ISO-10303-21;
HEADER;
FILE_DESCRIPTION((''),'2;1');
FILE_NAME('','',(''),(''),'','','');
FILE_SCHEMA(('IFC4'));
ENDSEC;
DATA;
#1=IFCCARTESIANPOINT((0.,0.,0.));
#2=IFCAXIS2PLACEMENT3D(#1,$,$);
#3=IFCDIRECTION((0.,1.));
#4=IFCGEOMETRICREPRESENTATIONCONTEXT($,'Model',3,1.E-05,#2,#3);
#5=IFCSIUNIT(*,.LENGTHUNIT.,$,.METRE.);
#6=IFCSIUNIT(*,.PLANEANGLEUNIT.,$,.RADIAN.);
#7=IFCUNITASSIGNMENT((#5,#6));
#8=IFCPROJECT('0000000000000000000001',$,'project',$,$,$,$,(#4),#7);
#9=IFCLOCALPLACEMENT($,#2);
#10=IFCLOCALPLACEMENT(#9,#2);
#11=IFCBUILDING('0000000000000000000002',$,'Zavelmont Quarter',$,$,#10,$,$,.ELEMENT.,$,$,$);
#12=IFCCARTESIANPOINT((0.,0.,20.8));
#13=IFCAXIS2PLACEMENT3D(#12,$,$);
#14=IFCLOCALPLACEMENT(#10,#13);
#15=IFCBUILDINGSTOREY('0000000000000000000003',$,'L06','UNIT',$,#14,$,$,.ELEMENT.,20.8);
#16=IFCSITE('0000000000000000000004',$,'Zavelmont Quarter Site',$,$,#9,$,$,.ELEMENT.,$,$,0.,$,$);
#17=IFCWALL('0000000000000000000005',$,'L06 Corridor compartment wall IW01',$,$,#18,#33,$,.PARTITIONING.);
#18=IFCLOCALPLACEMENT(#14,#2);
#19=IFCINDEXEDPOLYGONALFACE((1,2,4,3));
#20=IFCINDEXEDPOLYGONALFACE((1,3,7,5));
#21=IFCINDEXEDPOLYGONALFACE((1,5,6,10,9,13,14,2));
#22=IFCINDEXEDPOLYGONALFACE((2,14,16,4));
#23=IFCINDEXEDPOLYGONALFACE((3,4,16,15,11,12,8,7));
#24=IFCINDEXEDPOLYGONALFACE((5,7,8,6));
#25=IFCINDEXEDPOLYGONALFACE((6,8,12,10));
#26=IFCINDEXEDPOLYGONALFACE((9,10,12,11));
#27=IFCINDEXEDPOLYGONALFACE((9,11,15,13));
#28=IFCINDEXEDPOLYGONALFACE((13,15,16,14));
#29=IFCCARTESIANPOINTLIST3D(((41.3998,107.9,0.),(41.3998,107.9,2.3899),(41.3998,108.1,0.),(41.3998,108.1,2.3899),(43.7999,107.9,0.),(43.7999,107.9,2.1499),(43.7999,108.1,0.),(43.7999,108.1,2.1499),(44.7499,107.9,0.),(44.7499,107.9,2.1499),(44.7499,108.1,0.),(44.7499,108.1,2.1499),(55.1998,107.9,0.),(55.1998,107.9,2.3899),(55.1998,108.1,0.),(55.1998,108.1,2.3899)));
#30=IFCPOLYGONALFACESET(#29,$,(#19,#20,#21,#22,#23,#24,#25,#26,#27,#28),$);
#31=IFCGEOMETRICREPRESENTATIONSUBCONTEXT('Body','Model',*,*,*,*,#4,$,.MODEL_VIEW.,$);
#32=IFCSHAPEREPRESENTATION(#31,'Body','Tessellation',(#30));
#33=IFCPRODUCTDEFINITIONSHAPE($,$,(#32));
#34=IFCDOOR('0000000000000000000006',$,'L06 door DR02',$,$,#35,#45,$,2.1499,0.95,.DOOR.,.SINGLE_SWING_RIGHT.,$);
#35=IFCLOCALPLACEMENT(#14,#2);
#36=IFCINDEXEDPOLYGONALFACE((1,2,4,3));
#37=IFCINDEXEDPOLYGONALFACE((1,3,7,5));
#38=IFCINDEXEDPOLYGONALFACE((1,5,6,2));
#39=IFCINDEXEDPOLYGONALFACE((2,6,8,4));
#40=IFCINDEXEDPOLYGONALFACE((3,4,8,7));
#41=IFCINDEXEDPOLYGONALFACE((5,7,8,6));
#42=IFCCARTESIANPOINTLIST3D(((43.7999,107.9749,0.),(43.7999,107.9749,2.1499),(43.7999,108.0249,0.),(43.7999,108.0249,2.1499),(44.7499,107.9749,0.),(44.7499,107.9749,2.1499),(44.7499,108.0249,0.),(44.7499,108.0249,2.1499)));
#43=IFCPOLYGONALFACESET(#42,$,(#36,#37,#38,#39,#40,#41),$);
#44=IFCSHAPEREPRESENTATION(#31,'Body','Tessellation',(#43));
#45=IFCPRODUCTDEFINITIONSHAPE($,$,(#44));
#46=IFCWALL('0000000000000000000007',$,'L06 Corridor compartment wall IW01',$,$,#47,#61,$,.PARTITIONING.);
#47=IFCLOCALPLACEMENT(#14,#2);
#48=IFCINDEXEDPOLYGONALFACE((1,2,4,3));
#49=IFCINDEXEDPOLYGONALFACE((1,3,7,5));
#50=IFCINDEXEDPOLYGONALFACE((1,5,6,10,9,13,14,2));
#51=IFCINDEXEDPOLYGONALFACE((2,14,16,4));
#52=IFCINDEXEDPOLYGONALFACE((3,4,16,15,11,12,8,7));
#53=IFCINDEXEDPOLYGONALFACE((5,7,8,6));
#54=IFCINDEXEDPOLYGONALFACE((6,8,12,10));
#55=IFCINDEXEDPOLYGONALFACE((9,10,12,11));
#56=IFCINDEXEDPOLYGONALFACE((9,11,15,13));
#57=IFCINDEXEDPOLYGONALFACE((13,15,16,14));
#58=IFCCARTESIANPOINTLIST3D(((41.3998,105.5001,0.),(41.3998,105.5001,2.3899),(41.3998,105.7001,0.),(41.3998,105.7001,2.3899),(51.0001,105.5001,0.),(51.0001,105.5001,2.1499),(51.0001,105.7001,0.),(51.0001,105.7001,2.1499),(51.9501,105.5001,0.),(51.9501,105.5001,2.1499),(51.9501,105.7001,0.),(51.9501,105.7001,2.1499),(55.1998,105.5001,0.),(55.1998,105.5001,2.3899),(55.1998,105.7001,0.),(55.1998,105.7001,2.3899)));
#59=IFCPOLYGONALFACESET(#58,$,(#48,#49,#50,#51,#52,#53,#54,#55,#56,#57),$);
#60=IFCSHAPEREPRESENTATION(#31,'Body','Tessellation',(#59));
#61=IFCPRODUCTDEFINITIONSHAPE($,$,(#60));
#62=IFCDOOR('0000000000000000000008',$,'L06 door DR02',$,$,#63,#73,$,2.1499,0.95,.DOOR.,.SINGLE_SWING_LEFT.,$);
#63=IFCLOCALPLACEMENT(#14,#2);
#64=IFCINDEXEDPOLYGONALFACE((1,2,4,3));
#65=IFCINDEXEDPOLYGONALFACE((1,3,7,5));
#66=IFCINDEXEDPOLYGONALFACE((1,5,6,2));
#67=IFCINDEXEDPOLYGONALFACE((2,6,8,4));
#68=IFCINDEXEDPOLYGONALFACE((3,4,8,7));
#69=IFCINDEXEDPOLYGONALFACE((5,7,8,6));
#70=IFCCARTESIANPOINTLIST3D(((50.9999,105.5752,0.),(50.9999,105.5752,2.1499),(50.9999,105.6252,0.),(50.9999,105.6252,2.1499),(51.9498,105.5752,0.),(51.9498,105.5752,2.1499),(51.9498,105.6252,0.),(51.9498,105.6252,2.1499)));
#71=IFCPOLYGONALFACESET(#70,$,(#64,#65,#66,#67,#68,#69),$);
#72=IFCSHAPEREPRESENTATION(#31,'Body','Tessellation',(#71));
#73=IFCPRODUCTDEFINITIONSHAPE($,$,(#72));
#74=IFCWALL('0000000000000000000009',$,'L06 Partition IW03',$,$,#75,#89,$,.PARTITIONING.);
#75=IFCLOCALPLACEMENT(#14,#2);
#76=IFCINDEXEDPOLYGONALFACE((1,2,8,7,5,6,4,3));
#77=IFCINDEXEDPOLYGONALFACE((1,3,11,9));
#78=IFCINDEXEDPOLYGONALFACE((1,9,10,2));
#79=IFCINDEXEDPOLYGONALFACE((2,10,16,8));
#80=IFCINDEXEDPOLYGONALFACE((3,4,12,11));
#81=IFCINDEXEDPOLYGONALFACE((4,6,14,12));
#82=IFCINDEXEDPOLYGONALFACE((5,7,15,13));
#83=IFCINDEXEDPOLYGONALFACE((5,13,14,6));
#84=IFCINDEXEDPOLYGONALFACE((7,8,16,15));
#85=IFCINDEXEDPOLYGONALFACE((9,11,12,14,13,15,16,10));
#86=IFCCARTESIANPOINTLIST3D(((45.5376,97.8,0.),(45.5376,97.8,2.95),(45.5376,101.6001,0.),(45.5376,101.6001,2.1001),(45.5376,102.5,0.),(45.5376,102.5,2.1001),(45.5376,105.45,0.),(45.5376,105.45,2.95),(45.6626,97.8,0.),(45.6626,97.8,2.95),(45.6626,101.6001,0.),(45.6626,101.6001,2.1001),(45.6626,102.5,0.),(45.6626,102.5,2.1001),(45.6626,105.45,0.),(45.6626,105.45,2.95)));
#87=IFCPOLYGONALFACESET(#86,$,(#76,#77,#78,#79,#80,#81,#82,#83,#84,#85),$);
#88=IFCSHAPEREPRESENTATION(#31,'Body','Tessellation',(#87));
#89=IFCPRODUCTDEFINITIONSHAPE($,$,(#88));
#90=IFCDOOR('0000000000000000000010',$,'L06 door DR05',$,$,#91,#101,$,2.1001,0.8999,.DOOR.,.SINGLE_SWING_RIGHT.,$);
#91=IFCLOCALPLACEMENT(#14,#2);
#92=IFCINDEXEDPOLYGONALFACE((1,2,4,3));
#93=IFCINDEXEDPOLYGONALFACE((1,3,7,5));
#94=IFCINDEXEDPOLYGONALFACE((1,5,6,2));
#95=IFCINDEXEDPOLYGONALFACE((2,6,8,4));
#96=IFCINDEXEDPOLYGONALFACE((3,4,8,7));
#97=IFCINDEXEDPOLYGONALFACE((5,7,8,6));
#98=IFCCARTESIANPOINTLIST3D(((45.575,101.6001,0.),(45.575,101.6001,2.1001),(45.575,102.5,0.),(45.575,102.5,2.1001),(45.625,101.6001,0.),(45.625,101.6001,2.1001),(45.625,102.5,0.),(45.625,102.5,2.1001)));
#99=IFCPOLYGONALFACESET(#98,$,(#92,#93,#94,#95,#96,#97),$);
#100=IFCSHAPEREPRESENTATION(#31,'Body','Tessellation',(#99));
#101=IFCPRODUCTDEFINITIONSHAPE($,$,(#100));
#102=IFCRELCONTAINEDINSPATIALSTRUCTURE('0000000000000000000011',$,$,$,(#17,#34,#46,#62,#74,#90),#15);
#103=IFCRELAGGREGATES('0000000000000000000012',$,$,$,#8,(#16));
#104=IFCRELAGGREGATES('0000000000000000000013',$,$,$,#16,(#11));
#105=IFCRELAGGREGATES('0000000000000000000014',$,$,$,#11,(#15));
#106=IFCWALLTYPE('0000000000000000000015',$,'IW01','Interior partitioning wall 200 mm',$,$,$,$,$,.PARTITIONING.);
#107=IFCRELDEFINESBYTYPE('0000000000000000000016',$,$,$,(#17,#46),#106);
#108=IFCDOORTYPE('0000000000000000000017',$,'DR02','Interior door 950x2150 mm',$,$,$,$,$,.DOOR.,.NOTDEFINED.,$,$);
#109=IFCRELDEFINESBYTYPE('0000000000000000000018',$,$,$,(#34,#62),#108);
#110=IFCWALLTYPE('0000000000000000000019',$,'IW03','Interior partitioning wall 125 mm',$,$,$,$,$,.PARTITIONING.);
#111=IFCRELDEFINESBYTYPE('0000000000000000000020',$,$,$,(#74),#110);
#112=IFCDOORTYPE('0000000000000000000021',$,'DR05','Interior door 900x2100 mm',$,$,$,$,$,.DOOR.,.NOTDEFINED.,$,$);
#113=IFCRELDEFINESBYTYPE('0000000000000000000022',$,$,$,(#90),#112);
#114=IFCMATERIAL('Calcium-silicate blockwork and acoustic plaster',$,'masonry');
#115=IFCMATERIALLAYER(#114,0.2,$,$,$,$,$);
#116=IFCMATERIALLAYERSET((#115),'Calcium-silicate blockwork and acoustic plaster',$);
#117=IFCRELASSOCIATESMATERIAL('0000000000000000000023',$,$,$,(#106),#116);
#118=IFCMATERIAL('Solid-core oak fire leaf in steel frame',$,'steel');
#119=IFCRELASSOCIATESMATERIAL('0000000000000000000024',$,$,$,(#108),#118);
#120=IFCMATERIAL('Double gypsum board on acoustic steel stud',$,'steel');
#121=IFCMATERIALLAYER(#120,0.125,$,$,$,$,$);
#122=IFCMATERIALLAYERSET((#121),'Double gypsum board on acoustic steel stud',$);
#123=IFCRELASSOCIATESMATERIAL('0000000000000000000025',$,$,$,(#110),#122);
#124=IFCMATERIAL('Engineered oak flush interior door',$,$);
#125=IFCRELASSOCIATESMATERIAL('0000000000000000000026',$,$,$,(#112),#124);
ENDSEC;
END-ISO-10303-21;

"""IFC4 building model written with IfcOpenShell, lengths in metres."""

from ifc_helpers import new_model, si_unit, direction, frame, frame_2d, origin, origin_with_axes, place, context, subcontext, project, spatial, rectangle, extrude, material, layer, layer_set, type_object, element, fill, save


model = new_model("IFC4")

# Units and contexts
model_context = context("Model", 3, precision=1e-05, world=origin(), true_north=direction((0.0, 1.0)))
body_context = subcontext(model_context, "Body", "Model", "MODEL_VIEW")
ifc_project = project(units=[si_unit("LENGTHUNIT", "METRE"), si_unit("PLANEANGLEUNIT", "RADIAN")], contexts=[model_context])

# Site, building, storey
site_placement = place(None, origin())
site = spatial("IfcSite", under=ifc_project, at=site_placement, Name="Zavelmont Quarter Site", CompositionType="ELEMENT", RefElevation=0.0)
building_placement = place(site_placement, origin())
building = spatial("IfcBuilding", under=site, at=building_placement, Name="Zavelmont Quarter", CompositionType="ELEMENT")
storey_placement = place(building_placement, frame((0.0, 0.0, 20.8)))
storey = spatial("IfcBuildingStorey", under=building, at=storey_placement, Name="L06", Description="UNIT", CompositionType="ELEMENT", Elevation=20.8)

# Shared definitions
ifc_material_1 = material(Name="Calcium-silicate blockwork and acoustic plaster", Category="masonry")
ifc_layer_1 = layer(ifc_material_1, 0.2)
ifc_layer_set_1 = layer_set([ifc_layer_1], Name="Calcium-silicate blockwork and acoustic plaster")
wall_type_1 = type_object("IfcWallType", Name="IW01", Description="Interior partitioning wall 200 mm", PredefinedType="PARTITIONING", material=ifc_layer_set_1)

# Walls, openings, doors
wall_1_placement = place(storey_placement, frame((41.3999, 108.0, 0.0), z_axis=(0.0, 0.0, 1.0), x_axis=(1.0, 0.0, 0.0)))
wall_1 = element("IfcWall", 1, at=wall_1_placement, inside=storey, type_object=wall_type_1, Name="L06 Corridor compartment wall IW01", PredefinedType="PARTITIONING", context=body_context, shape_type="SweptSolid", body=[
    extrude(rectangle(XDim=13.8, YDim=0.2, at=frame_2d((6.8999, 0.0))), origin(), (0.0, 0.0, 1.0), 2.3899),
])
opening_1_placement = place(wall_1_placement, frame((2.3999, 0.0, 0.0)))
opening_1 = element("IfcOpeningElement", 2, at=opening_1_placement, cuts=wall_1, PredefinedType="OPENING", context=body_context, shape_type="SweptSolid", body=[
    extrude(rectangle(XDim=0.95, YDim=2.1499, at=frame_2d((0.4751, 1.075))), frame((0.0, 0.1118, 0.0), z_axis=(0.0, -1.0, 0.0), x_axis=(1.0, 0.0, 0.0)), (0.0, 0.0, 1.0), 0.2239),
])
ifc_material_2 = material(Name="Solid-core oak fire leaf in steel frame", Category="steel")
door_type_1 = type_object("IfcDoorType", Name="DR02", Description="Interior door 950x2150 mm", OperationType="NOTDEFINED", PredefinedType="DOOR", material=ifc_material_2)
door_1_placement = place(opening_1_placement, origin_with_axes())
door_1 = element("IfcDoor", 3, at=door_1_placement, inside=storey, type_object=door_type_1, Name="L06 door DR02", OperationType="SINGLE_SWING_RIGHT", OverallHeight=2.1499, OverallWidth=0.95, PredefinedType="DOOR", context=body_context, shape_type="SweptSolid", body=[
    extrude(rectangle(XDim=0.95, YDim=2.1499, at=frame_2d((0.4751, 1.075))), frame((0.0, 0.0249, 0.0), z_axis=(0.0, -1.0, 0.0), x_axis=(1.0, 0.0, 0.0)), (0.0, 0.0, 1.0), 0.05),
])
fill(opening_1, door_1)
wall_2_placement = place(storey_placement, frame((41.3999, 105.6001, 0.0), z_axis=(0.0, 0.0, 1.0), x_axis=(1.0, 0.0, 0.0)))
wall_2 = element("IfcWall", 4, at=wall_2_placement, inside=storey, type_object=wall_type_1, Name="L06 Corridor compartment wall IW01", PredefinedType="PARTITIONING", context=body_context, shape_type="SweptSolid", body=[
    extrude(rectangle(XDim=13.8, YDim=0.2, at=frame_2d((6.8999, 0.0))), origin(), (0.0, 0.0, 1.0), 2.3899),
])
opening_2_placement = place(wall_2_placement, frame((9.6001, 0.0, 0.0)))
opening_2 = element("IfcOpeningElement", 5, at=opening_2_placement, cuts=wall_2, PredefinedType="OPENING", context=body_context, shape_type="SweptSolid", body=[
    extrude(rectangle(XDim=0.95, YDim=2.1499, at=frame_2d((0.4751, 1.075))), frame((0.0, 0.1118, 0.0), z_axis=(0.0, -1.0, 0.0), x_axis=(1.0, 0.0, 0.0)), (0.0, 0.0, 1.0), 0.2239),
])
door_2_placement = place(opening_2_placement, frame((0.95, 0.0, 0.0), z_axis=(0.0, 0.0, 1.0), x_axis=(-1.0, 0.0, 0.0)))
door_2 = element("IfcDoor", 6, at=door_2_placement, inside=storey, type_object=door_type_1, Name="L06 door DR02", OperationType="SINGLE_SWING_LEFT", OverallHeight=2.1499, OverallWidth=0.95, PredefinedType="DOOR", context=body_context, shape_type="SweptSolid", body=[
    extrude(rectangle(XDim=0.95, YDim=2.1499, at=frame_2d((0.4751, 1.075))), frame((0.0, 0.0249, 0.0), z_axis=(0.0, -1.0, 0.0), x_axis=(1.0, 0.0, 0.0)), (0.0, 0.0, 1.0), 0.05),
])
fill(opening_2, door_2)
ifc_material_3 = material(Name="Double gypsum board on acoustic steel stud", Category="steel")
ifc_layer_2 = layer(ifc_material_3, 0.125)
ifc_layer_set_2 = layer_set([ifc_layer_2], Name="Double gypsum board on acoustic steel stud")
wall_type_2 = type_object("IfcWallType", Name="IW03", Description="Interior partitioning wall 125 mm", PredefinedType="PARTITIONING", material=ifc_layer_set_2)
wall_3_placement = place(storey_placement, frame((45.6001, 105.45, 0.0), z_axis=(0.0, 0.0, 1.0), x_axis=(0.0, -1.0, 0.0)))
wall_3 = element("IfcWall", 7, at=wall_3_placement, inside=storey, type_object=wall_type_2, Name="L06 Partition IW03", PredefinedType="PARTITIONING", context=body_context, shape_type="SweptSolid", body=[
    extrude(rectangle(XDim=7.6499, YDim=0.125, at=frame_2d((3.825, 0.0))), origin(), (0.0, 0.0, 1.0), 2.95),
])
opening_3_placement = place(wall_3_placement, frame((2.95, 0.0, 0.0)))
opening_3 = element("IfcOpeningElement", 8, at=opening_3_placement, cuts=wall_3, PredefinedType="OPENING", context=body_context, shape_type="SweptSolid", body=[
    extrude(rectangle(XDim=0.8999, YDim=2.1001, at=frame_2d((0.45, 1.05))), frame((0.0, 0.0745, 0.0), z_axis=(0.0, -1.0, 0.0), x_axis=(1.0, 0.0, 0.0)), (0.0, 0.0, 1.0), 0.1489),
])
ifc_material_4 = material(Name="Engineered oak flush interior door")
door_type_2 = type_object("IfcDoorType", Name="DR05", Description="Interior door 900x2100 mm", OperationType="NOTDEFINED", PredefinedType="DOOR", material=ifc_material_4)
door_3_placement = place(opening_3_placement, origin_with_axes())
door_3 = element("IfcDoor", 9, at=door_3_placement, inside=storey, type_object=door_type_2, Name="L06 door DR05", OperationType="SINGLE_SWING_RIGHT", OverallHeight=2.1001, OverallWidth=0.8999, PredefinedType="DOOR", context=body_context, shape_type="SweptSolid", body=[
    extrude(rectangle(XDim=0.8999, YDim=2.1001, at=frame_2d((0.45, 1.05))), frame((0.0, 0.0249, 0.0), z_axis=(0.0, -1.0, 0.0), x_axis=(1.0, 0.0, 0.0)), (0.0, 0.0, 1.0), 0.05),
])
fill(opening_3, door_3)

save(model, "model.ifc")
